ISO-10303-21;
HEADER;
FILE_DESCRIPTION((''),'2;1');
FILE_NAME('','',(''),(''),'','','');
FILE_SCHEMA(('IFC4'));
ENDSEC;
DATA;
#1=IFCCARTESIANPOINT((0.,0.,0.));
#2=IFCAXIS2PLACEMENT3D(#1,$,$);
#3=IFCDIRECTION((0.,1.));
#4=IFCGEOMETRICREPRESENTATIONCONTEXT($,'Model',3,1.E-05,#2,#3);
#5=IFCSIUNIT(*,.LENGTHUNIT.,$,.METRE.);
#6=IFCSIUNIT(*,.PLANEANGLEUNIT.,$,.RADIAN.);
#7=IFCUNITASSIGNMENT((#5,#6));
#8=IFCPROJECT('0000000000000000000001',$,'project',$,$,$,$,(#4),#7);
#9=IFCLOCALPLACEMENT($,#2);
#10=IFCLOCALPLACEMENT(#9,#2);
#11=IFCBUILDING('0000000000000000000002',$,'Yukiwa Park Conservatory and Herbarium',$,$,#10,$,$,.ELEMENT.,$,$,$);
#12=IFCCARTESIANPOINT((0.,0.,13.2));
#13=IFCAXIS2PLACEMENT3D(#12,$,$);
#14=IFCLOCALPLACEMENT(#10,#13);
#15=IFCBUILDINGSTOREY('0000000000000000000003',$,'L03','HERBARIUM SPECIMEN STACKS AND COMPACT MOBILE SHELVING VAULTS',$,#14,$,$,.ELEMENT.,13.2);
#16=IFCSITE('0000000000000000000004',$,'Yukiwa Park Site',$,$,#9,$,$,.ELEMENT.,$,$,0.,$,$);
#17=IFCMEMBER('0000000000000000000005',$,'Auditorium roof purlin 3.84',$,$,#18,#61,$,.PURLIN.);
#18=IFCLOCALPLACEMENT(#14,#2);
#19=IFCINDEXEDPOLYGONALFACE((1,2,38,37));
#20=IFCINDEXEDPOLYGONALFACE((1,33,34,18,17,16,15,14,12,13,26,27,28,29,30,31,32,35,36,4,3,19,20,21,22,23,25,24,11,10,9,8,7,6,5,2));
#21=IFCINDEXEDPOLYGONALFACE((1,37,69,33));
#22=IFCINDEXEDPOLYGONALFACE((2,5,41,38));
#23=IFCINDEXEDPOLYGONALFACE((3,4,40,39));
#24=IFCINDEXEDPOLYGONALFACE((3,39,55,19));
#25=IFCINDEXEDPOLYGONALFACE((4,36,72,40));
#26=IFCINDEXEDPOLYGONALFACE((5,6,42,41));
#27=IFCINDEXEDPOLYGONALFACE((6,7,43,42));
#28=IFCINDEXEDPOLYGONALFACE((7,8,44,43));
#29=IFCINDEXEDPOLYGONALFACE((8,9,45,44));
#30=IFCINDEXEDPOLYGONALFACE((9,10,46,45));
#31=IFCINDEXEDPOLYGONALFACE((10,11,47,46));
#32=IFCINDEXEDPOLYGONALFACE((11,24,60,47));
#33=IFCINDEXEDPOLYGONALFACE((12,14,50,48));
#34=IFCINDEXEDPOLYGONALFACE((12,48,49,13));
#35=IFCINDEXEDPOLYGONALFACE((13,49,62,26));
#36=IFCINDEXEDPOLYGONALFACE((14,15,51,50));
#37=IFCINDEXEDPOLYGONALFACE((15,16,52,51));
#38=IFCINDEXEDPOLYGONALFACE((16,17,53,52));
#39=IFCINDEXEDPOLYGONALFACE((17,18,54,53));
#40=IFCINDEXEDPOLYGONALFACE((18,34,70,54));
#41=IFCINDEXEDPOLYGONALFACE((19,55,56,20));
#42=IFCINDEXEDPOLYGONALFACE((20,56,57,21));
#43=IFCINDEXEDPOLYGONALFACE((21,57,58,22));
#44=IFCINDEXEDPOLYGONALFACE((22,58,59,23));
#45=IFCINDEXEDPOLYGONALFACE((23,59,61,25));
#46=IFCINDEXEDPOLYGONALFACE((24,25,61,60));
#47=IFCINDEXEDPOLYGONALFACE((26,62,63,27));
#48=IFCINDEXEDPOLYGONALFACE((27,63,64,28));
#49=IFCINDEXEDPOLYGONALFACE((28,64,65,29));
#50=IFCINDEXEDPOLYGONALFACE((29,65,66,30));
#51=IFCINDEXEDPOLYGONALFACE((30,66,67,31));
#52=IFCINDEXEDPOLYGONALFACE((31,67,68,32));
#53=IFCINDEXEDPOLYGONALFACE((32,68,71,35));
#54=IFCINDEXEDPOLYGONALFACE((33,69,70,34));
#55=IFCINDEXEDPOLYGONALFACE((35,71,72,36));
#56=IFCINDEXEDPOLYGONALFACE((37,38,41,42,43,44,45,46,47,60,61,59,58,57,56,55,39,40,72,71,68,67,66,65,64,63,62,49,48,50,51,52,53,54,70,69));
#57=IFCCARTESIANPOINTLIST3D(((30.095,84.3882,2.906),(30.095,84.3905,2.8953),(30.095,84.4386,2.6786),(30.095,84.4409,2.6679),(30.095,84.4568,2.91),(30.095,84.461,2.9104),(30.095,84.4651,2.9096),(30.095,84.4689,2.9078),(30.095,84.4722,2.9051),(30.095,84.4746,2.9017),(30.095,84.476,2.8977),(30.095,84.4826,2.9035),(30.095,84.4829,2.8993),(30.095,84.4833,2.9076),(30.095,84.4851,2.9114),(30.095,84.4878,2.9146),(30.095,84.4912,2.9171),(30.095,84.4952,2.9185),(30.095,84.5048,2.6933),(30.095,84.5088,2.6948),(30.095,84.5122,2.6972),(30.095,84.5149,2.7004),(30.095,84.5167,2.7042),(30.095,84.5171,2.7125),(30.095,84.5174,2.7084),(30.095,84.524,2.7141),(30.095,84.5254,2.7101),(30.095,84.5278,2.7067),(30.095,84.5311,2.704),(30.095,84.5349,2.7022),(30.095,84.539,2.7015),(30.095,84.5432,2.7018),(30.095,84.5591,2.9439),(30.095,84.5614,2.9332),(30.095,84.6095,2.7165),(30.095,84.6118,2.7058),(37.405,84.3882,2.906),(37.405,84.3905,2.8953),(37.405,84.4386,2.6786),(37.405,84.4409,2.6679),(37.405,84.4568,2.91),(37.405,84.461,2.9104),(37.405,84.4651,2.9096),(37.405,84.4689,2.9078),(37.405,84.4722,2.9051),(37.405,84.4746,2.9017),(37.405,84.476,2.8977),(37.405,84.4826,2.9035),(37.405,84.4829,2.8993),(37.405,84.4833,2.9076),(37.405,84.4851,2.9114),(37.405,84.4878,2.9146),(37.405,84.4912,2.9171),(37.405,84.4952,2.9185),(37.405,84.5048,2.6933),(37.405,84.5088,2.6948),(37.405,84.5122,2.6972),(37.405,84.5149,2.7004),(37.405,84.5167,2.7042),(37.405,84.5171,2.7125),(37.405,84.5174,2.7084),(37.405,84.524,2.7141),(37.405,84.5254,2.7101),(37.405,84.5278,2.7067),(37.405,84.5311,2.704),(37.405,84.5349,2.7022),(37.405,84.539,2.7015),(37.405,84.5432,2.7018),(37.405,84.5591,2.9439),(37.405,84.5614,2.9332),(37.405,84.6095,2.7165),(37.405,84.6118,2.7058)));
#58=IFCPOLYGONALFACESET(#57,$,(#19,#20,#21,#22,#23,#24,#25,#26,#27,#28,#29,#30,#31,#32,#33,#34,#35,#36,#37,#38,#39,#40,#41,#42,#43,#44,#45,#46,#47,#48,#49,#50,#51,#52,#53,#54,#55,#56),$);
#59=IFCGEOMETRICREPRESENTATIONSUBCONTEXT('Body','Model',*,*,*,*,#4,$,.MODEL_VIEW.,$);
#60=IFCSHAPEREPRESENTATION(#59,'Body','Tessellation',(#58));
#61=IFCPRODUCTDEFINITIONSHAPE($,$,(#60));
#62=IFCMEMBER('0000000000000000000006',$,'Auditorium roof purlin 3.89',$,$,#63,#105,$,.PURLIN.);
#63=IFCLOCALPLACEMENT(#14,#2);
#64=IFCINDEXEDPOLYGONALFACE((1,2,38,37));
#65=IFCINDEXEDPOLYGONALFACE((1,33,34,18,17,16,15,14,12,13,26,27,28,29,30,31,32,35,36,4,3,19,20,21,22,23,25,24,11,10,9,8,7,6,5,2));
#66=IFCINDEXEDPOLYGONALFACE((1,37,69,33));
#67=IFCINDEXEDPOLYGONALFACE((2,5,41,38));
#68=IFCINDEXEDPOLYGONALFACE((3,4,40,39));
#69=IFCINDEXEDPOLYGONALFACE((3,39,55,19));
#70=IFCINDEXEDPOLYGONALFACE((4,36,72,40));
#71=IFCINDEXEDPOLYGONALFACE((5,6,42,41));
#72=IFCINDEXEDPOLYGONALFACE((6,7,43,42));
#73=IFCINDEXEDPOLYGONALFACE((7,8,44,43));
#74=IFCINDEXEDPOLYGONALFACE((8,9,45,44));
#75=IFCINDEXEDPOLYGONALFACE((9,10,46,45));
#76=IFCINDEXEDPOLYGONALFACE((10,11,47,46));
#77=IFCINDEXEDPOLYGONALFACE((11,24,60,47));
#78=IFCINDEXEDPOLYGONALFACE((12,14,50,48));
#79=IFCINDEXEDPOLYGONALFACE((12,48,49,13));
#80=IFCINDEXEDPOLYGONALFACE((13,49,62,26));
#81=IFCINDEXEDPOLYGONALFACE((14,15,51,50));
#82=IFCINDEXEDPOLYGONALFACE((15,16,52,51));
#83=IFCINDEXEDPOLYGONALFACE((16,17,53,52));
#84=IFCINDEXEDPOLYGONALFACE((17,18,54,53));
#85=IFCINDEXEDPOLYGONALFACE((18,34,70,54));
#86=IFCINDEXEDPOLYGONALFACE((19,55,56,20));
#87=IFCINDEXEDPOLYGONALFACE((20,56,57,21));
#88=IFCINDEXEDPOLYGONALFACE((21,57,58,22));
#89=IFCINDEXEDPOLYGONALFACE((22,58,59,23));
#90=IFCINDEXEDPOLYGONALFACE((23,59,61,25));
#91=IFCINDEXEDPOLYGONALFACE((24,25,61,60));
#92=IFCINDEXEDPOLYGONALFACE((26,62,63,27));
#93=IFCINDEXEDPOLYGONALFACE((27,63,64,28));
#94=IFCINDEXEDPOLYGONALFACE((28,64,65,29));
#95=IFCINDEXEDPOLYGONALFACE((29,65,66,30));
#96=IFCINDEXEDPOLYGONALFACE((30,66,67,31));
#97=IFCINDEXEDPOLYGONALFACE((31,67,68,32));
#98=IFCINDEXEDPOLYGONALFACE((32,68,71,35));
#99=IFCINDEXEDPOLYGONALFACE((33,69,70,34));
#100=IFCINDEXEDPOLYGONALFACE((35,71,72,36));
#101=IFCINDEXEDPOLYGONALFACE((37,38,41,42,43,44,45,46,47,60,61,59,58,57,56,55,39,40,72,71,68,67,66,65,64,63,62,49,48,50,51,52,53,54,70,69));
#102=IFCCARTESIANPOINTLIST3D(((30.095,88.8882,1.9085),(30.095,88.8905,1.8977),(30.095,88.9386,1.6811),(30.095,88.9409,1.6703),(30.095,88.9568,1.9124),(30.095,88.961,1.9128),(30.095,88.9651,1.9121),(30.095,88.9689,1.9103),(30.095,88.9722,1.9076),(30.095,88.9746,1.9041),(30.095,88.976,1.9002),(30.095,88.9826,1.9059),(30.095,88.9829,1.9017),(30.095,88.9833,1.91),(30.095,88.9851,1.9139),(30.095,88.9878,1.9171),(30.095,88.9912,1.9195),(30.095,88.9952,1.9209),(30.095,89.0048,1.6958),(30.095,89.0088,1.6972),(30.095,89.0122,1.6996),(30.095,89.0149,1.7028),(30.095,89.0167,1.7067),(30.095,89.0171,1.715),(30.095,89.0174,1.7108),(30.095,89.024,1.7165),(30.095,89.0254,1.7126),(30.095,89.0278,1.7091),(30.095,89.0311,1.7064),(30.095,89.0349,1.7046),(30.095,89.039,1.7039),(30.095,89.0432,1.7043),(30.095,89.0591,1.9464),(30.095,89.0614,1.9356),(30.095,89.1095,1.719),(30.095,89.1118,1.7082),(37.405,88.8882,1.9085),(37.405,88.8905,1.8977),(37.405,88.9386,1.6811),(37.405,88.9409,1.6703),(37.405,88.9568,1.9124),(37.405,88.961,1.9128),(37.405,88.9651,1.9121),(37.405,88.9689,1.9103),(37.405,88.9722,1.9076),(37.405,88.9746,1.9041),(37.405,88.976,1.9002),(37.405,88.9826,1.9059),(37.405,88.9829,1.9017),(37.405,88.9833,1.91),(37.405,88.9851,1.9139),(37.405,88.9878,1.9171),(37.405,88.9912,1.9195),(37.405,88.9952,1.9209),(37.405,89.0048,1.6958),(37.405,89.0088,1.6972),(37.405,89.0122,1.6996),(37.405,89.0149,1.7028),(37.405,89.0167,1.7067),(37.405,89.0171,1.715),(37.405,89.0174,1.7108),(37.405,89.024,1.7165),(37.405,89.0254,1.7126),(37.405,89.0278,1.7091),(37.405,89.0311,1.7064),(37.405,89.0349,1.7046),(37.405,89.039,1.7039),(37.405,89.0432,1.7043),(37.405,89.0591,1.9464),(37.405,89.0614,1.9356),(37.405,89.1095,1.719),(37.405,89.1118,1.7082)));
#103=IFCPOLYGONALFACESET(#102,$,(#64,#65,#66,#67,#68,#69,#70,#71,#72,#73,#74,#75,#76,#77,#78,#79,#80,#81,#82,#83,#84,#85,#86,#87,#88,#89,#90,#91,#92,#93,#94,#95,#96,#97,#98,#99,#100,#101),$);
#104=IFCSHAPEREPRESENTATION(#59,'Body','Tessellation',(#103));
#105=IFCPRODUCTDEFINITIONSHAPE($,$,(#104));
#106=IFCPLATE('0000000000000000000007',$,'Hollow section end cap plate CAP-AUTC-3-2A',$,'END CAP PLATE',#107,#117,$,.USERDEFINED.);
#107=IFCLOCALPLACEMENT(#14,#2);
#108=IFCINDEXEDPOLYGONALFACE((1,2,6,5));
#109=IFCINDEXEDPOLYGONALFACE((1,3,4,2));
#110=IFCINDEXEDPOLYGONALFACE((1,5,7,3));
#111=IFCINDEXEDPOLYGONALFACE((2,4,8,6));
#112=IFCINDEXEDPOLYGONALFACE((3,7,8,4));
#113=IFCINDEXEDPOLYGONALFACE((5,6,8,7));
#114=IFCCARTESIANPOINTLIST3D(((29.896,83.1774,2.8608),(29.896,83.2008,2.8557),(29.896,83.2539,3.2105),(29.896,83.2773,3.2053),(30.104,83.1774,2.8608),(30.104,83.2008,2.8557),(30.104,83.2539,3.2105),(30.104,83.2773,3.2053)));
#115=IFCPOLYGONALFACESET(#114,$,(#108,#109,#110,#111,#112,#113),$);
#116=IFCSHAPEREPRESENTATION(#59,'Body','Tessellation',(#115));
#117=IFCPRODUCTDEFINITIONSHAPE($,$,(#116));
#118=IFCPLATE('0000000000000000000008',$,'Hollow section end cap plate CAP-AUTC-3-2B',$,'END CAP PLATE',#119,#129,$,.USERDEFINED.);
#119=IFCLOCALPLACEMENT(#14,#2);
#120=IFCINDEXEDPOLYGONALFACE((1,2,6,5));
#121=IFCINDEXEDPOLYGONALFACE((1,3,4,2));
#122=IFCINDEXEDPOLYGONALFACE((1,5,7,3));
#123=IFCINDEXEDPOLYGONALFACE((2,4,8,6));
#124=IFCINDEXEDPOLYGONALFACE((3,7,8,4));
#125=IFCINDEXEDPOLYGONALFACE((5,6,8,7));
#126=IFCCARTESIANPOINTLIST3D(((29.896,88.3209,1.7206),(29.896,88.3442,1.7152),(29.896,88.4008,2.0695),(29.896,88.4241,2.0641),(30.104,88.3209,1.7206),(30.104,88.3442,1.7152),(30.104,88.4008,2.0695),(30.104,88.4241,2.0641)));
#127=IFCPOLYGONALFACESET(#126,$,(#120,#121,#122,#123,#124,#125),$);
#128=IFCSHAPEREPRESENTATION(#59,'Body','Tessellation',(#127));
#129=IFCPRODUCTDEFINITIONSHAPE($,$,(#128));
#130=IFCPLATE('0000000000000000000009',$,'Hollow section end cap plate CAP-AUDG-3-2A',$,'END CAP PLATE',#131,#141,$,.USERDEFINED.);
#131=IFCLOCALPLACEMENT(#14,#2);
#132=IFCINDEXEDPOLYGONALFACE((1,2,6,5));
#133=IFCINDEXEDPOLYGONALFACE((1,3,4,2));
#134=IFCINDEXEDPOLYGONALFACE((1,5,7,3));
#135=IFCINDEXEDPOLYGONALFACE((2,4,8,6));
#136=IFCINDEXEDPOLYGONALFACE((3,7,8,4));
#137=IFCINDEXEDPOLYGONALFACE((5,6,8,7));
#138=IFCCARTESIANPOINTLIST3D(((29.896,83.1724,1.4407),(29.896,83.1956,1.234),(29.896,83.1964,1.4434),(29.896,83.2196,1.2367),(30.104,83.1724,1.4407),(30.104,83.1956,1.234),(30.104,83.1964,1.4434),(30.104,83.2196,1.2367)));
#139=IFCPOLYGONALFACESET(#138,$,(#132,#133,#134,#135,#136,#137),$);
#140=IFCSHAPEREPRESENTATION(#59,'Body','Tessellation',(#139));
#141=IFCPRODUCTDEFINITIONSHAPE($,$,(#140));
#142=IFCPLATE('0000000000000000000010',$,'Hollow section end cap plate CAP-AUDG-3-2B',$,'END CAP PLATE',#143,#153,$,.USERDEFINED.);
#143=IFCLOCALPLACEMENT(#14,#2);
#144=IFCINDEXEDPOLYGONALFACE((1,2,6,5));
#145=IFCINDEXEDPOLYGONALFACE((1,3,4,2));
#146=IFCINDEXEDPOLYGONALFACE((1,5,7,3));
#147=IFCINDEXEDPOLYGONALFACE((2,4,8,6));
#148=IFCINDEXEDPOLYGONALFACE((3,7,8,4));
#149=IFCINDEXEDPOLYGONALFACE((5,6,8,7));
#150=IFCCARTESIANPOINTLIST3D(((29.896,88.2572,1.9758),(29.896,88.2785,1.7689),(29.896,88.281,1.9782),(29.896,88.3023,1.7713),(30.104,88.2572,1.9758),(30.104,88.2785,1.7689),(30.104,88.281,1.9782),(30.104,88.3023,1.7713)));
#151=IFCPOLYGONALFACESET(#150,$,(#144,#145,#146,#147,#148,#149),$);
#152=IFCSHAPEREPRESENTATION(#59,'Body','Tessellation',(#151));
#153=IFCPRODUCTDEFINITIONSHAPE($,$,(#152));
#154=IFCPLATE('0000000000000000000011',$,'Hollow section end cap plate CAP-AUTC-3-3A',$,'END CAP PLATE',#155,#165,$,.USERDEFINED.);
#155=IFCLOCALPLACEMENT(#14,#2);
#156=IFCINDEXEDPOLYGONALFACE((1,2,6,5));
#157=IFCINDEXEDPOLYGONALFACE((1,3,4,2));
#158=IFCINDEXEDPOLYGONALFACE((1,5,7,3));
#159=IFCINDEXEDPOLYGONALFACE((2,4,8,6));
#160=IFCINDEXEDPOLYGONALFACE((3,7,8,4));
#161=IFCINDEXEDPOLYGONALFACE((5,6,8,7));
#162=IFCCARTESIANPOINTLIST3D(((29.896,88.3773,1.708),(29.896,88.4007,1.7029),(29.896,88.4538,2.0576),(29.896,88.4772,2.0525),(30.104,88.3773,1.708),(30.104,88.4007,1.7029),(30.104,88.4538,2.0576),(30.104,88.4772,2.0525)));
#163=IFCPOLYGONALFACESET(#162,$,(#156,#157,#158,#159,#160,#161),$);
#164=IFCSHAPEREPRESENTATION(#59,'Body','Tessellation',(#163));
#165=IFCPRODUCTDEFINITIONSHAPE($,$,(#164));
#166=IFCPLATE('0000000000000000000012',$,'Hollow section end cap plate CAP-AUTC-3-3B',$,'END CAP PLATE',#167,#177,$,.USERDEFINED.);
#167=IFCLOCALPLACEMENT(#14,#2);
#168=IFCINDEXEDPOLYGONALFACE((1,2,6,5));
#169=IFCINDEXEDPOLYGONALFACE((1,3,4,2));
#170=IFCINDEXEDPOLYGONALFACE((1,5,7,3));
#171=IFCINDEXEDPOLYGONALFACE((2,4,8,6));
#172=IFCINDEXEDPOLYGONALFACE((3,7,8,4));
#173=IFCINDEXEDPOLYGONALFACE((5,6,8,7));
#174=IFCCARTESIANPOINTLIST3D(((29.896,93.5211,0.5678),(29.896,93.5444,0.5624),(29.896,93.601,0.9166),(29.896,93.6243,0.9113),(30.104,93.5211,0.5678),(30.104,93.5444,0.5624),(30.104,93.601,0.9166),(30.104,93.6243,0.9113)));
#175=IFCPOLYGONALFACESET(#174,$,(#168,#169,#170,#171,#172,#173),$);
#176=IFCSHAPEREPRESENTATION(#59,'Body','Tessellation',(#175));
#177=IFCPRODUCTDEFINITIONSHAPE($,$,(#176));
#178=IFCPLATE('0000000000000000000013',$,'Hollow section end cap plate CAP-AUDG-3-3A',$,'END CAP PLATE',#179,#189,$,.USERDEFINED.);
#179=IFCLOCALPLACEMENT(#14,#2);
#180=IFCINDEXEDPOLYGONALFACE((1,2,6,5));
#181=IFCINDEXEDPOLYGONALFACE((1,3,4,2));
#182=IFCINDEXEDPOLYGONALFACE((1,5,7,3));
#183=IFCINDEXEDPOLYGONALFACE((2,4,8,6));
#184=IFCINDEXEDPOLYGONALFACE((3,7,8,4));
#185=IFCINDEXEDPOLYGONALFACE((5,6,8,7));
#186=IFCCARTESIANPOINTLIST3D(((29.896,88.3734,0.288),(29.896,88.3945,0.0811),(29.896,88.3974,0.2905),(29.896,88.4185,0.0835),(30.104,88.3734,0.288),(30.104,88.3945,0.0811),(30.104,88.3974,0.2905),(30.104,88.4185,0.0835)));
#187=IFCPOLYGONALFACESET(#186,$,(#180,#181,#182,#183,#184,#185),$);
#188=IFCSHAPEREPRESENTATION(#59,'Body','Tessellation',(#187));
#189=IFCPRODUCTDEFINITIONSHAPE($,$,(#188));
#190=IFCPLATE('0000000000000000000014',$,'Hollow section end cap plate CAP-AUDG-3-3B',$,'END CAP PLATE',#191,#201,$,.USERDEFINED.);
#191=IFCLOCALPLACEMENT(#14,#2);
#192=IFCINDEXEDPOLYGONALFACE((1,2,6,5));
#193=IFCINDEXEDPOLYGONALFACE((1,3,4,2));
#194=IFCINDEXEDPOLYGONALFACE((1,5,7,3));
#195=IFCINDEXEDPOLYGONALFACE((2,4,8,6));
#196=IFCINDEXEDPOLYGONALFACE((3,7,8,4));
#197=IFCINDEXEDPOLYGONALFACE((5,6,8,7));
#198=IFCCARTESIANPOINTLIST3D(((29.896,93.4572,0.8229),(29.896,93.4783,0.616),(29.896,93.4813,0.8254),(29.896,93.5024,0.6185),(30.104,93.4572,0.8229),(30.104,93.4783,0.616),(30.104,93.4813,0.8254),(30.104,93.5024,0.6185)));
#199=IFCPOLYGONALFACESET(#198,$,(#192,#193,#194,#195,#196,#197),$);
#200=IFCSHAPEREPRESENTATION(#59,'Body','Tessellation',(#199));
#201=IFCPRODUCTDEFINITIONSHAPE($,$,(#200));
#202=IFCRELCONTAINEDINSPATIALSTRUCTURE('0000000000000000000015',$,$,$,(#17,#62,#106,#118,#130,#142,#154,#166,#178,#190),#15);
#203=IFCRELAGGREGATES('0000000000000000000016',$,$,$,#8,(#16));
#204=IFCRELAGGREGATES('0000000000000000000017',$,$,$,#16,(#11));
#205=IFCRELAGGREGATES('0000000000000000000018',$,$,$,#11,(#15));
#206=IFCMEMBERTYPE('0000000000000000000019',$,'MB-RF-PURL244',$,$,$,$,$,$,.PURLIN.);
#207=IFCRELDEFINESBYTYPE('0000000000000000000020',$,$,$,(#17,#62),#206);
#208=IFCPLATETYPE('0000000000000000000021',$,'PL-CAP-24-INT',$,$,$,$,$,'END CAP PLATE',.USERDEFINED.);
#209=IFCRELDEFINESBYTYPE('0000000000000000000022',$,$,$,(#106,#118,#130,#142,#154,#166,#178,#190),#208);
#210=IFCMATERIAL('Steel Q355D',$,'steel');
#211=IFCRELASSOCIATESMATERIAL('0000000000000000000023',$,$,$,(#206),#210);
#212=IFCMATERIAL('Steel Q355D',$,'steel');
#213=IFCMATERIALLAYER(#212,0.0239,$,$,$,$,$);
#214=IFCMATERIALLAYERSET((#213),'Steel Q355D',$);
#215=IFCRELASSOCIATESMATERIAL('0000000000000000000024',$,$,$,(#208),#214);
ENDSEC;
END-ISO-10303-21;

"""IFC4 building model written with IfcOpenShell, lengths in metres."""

from ifc_helpers import new_model, si_unit, direction, frame, origin, origin_2d, place, context, subcontext, project, spatial, rectangle, i_section, extrude, material, layer, layer_set, material_profile, profile_set, type_object, element, save


model = new_model("IFC4")

# Units and contexts
model_context = context("Model", 3, precision=1e-05, world=origin(), true_north=direction((0.0, 1.0)))
body_context = subcontext(model_context, "Body", "Model", "MODEL_VIEW")
ifc_project = project(units=[si_unit("LENGTHUNIT", "METRE"), si_unit("PLANEANGLEUNIT", "RADIAN")], contexts=[model_context])

# Site, building, storey
site_placement = place(None, origin())
site = spatial("IfcSite", under=ifc_project, at=site_placement, Name="Yukiwa Park Site", CompositionType="ELEMENT", RefElevation=0.0)
building_placement = place(site_placement, origin())
building = spatial("IfcBuilding", under=site, at=building_placement, Name="Yukiwa Park Conservatory and Herbarium", CompositionType="ELEMENT")
storey_placement = place(building_placement, frame((0.0, 0.0, 13.2)))
storey = spatial("IfcBuildingStorey", under=building, at=storey_placement, Name="L03", Description="HERBARIUM SPECIMEN STACKS AND COMPACT MOBILE SHELVING VAULTS", CompositionType="ELEMENT", Elevation=13.2)

# Members
ifc_material_1 = material(Name="Steel Q355D", Category="steel")
ifc_material_profile_1 = material_profile(ifc_material_1, i_section(OverallWidth=0.175, OverallDepth=0.2439, WebThickness=0.0071, FlangeThickness=0.011, FilletRadius=0.0161, at=origin_2d()), Name="HM 244x175x7x11")
ifc_profile_set_1 = profile_set([ifc_material_profile_1], Name="Steel Q355D")
member_type_1 = type_object("IfcMemberType", Name="MB-RF-PURL244", PredefinedType="PURLIN", material=ifc_profile_set_1)
for number, where, z_axis, x_axis, name in (
    (1, (30.095, 84.5, 2.8059), (1.0, 0.0, 0.0), (0.0, 0.976296, 0.21644), "Auditorium roof purlin 3.84"),
    (2, (30.095, 89.0, 1.8083), (1.0, 0.0, 0.0), (0.0, 0.976296, 0.21644), "Auditorium roof purlin 3.89"),
):
    element("IfcMember", number, at=place(storey_placement, frame(where, z_axis=z_axis, x_axis=x_axis)), inside=storey, type_object=member_type_1, Name=name, PredefinedType="PURLIN", context=body_context, shape_type="SweptSolid", body=[
        extrude(i_section(OverallWidth=0.175, OverallDepth=0.2439, WebThickness=0.0071, FlangeThickness=0.011, FilletRadius=0.0161, at=origin_2d()), origin(), (0.0, 0.0, 1.0), 7.3101),
    ])

# Plates
ifc_material_2 = material(Name="Steel Q355D", Category="steel")
ifc_layer = layer(ifc_material_2, 0.0239)
ifc_layer_set = layer_set([ifc_layer], Name="Steel Q355D")
plate_type = type_object("IfcPlateType", Name="PL-CAP-24-INT", ElementType="END CAP PLATE", PredefinedType="USERDEFINED", material=ifc_layer_set)
for number, where, z_axis, x_axis, name in (
    (3, (30.0, 83.239, 3.0305), (0.0, -0.9769, 0.213697), (1.0, 0.0, 0.0), "Hollow section end cap plate CAP-AUTC-3-2A"),
    (4, (30.0, 88.3608, 1.895), (0.0, 0.974732, -0.223376), (-1.0, 0.0, 0.0), "Hollow section end cap plate CAP-AUTC-3-2B"),
):
    element("IfcPlate", number, at=place(storey_placement, frame(where, z_axis=z_axis, x_axis=x_axis)), inside=storey, type_object=plate_type, Name=name, ObjectType="END CAP PLATE", PredefinedType="USERDEFINED", context=body_context, shape_type="SweptSolid", body=[
        extrude(rectangle(XDim=0.208, YDim=0.3579, at=origin_2d()), origin(), (0.0, 0.0, 1.0), 0.0239),
    ])
plate_1_placement = place(storey_placement, frame((30.0, 83.208, 1.3401), z_axis=(0.0, -0.993759, -0.111544), x_axis=(1.0, 0.0, 0.0)))
element("IfcPlate", 5, at=plate_1_placement, inside=storey, type_object=plate_type, Name="Hollow section end cap plate CAP-AUDG-3-2A", ObjectType="END CAP PLATE", PredefinedType="USERDEFINED", context=body_context, shape_type="SweptSolid", body=[
    extrude(rectangle(XDim=0.208, YDim=0.208, at=origin_2d()), origin(), (0.0, 0.0, 1.0), 0.0242),
])
plate_2_placement = place(storey_placement, frame((30.0, 88.2678, 1.8723), z_axis=(0.0, 0.994728, 0.102549), x_axis=(-1.0, 0.0, 0.0)))
element("IfcPlate", 6, at=plate_2_placement, inside=storey, type_object=plate_type, Name="Hollow section end cap plate CAP-AUDG-3-2B", ObjectType="END CAP PLATE", PredefinedType="USERDEFINED", context=body_context, shape_type="SweptSolid", body=[
    extrude(rectangle(XDim=0.208, YDim=0.208, at=origin_2d()), origin(), (0.0, 0.0, 1.0), 0.0239),
])
for number, where, z_axis, x_axis, name in (
    (7, (30.0, 88.439, 1.8777), (0.0, -0.9769, 0.213697), (1.0, 0.0, 0.0), "Hollow section end cap plate CAP-AUTC-3-3A"),
    (8, (30.0, 93.561, 0.7422), (0.0, 0.974732, -0.223376), (-1.0, 0.0, 0.0), "Hollow section end cap plate CAP-AUTC-3-3B"),
):
    element("IfcPlate", number, at=place(storey_placement, frame(where, z_axis=z_axis, x_axis=x_axis)), inside=storey, type_object=plate_type, Name=name, ObjectType="END CAP PLATE", PredefinedType="USERDEFINED", context=body_context, shape_type="SweptSolid", body=[
        extrude(rectangle(XDim=0.208, YDim=0.3579, at=origin_2d()), origin(), (0.0, 0.0, 1.0), 0.0239),
    ])
for number, where, z_axis, x_axis, name in (
    (9, (30.0, 88.408, 0.187), (0.0, -0.994834, -0.101514), (1.0, 0.0, 0.0), "Hollow section end cap plate CAP-AUDG-3-3A"),
    (10, (30.0, 93.4678, 0.7195), (0.0, 0.994834, 0.101514), (-1.0, 0.0, 0.0), "Hollow section end cap plate CAP-AUDG-3-3B"),
):
    element("IfcPlate", number, at=place(storey_placement, frame(where, z_axis=z_axis, x_axis=x_axis)), inside=storey, type_object=plate_type, Name=name, ObjectType="END CAP PLATE", PredefinedType="USERDEFINED", context=body_context, shape_type="SweptSolid", body=[
        extrude(rectangle(XDim=0.208, YDim=0.208, at=origin_2d()), origin(), (0.0, 0.0, 1.0), 0.0242),
    ])

save(model, "model.ifc")
